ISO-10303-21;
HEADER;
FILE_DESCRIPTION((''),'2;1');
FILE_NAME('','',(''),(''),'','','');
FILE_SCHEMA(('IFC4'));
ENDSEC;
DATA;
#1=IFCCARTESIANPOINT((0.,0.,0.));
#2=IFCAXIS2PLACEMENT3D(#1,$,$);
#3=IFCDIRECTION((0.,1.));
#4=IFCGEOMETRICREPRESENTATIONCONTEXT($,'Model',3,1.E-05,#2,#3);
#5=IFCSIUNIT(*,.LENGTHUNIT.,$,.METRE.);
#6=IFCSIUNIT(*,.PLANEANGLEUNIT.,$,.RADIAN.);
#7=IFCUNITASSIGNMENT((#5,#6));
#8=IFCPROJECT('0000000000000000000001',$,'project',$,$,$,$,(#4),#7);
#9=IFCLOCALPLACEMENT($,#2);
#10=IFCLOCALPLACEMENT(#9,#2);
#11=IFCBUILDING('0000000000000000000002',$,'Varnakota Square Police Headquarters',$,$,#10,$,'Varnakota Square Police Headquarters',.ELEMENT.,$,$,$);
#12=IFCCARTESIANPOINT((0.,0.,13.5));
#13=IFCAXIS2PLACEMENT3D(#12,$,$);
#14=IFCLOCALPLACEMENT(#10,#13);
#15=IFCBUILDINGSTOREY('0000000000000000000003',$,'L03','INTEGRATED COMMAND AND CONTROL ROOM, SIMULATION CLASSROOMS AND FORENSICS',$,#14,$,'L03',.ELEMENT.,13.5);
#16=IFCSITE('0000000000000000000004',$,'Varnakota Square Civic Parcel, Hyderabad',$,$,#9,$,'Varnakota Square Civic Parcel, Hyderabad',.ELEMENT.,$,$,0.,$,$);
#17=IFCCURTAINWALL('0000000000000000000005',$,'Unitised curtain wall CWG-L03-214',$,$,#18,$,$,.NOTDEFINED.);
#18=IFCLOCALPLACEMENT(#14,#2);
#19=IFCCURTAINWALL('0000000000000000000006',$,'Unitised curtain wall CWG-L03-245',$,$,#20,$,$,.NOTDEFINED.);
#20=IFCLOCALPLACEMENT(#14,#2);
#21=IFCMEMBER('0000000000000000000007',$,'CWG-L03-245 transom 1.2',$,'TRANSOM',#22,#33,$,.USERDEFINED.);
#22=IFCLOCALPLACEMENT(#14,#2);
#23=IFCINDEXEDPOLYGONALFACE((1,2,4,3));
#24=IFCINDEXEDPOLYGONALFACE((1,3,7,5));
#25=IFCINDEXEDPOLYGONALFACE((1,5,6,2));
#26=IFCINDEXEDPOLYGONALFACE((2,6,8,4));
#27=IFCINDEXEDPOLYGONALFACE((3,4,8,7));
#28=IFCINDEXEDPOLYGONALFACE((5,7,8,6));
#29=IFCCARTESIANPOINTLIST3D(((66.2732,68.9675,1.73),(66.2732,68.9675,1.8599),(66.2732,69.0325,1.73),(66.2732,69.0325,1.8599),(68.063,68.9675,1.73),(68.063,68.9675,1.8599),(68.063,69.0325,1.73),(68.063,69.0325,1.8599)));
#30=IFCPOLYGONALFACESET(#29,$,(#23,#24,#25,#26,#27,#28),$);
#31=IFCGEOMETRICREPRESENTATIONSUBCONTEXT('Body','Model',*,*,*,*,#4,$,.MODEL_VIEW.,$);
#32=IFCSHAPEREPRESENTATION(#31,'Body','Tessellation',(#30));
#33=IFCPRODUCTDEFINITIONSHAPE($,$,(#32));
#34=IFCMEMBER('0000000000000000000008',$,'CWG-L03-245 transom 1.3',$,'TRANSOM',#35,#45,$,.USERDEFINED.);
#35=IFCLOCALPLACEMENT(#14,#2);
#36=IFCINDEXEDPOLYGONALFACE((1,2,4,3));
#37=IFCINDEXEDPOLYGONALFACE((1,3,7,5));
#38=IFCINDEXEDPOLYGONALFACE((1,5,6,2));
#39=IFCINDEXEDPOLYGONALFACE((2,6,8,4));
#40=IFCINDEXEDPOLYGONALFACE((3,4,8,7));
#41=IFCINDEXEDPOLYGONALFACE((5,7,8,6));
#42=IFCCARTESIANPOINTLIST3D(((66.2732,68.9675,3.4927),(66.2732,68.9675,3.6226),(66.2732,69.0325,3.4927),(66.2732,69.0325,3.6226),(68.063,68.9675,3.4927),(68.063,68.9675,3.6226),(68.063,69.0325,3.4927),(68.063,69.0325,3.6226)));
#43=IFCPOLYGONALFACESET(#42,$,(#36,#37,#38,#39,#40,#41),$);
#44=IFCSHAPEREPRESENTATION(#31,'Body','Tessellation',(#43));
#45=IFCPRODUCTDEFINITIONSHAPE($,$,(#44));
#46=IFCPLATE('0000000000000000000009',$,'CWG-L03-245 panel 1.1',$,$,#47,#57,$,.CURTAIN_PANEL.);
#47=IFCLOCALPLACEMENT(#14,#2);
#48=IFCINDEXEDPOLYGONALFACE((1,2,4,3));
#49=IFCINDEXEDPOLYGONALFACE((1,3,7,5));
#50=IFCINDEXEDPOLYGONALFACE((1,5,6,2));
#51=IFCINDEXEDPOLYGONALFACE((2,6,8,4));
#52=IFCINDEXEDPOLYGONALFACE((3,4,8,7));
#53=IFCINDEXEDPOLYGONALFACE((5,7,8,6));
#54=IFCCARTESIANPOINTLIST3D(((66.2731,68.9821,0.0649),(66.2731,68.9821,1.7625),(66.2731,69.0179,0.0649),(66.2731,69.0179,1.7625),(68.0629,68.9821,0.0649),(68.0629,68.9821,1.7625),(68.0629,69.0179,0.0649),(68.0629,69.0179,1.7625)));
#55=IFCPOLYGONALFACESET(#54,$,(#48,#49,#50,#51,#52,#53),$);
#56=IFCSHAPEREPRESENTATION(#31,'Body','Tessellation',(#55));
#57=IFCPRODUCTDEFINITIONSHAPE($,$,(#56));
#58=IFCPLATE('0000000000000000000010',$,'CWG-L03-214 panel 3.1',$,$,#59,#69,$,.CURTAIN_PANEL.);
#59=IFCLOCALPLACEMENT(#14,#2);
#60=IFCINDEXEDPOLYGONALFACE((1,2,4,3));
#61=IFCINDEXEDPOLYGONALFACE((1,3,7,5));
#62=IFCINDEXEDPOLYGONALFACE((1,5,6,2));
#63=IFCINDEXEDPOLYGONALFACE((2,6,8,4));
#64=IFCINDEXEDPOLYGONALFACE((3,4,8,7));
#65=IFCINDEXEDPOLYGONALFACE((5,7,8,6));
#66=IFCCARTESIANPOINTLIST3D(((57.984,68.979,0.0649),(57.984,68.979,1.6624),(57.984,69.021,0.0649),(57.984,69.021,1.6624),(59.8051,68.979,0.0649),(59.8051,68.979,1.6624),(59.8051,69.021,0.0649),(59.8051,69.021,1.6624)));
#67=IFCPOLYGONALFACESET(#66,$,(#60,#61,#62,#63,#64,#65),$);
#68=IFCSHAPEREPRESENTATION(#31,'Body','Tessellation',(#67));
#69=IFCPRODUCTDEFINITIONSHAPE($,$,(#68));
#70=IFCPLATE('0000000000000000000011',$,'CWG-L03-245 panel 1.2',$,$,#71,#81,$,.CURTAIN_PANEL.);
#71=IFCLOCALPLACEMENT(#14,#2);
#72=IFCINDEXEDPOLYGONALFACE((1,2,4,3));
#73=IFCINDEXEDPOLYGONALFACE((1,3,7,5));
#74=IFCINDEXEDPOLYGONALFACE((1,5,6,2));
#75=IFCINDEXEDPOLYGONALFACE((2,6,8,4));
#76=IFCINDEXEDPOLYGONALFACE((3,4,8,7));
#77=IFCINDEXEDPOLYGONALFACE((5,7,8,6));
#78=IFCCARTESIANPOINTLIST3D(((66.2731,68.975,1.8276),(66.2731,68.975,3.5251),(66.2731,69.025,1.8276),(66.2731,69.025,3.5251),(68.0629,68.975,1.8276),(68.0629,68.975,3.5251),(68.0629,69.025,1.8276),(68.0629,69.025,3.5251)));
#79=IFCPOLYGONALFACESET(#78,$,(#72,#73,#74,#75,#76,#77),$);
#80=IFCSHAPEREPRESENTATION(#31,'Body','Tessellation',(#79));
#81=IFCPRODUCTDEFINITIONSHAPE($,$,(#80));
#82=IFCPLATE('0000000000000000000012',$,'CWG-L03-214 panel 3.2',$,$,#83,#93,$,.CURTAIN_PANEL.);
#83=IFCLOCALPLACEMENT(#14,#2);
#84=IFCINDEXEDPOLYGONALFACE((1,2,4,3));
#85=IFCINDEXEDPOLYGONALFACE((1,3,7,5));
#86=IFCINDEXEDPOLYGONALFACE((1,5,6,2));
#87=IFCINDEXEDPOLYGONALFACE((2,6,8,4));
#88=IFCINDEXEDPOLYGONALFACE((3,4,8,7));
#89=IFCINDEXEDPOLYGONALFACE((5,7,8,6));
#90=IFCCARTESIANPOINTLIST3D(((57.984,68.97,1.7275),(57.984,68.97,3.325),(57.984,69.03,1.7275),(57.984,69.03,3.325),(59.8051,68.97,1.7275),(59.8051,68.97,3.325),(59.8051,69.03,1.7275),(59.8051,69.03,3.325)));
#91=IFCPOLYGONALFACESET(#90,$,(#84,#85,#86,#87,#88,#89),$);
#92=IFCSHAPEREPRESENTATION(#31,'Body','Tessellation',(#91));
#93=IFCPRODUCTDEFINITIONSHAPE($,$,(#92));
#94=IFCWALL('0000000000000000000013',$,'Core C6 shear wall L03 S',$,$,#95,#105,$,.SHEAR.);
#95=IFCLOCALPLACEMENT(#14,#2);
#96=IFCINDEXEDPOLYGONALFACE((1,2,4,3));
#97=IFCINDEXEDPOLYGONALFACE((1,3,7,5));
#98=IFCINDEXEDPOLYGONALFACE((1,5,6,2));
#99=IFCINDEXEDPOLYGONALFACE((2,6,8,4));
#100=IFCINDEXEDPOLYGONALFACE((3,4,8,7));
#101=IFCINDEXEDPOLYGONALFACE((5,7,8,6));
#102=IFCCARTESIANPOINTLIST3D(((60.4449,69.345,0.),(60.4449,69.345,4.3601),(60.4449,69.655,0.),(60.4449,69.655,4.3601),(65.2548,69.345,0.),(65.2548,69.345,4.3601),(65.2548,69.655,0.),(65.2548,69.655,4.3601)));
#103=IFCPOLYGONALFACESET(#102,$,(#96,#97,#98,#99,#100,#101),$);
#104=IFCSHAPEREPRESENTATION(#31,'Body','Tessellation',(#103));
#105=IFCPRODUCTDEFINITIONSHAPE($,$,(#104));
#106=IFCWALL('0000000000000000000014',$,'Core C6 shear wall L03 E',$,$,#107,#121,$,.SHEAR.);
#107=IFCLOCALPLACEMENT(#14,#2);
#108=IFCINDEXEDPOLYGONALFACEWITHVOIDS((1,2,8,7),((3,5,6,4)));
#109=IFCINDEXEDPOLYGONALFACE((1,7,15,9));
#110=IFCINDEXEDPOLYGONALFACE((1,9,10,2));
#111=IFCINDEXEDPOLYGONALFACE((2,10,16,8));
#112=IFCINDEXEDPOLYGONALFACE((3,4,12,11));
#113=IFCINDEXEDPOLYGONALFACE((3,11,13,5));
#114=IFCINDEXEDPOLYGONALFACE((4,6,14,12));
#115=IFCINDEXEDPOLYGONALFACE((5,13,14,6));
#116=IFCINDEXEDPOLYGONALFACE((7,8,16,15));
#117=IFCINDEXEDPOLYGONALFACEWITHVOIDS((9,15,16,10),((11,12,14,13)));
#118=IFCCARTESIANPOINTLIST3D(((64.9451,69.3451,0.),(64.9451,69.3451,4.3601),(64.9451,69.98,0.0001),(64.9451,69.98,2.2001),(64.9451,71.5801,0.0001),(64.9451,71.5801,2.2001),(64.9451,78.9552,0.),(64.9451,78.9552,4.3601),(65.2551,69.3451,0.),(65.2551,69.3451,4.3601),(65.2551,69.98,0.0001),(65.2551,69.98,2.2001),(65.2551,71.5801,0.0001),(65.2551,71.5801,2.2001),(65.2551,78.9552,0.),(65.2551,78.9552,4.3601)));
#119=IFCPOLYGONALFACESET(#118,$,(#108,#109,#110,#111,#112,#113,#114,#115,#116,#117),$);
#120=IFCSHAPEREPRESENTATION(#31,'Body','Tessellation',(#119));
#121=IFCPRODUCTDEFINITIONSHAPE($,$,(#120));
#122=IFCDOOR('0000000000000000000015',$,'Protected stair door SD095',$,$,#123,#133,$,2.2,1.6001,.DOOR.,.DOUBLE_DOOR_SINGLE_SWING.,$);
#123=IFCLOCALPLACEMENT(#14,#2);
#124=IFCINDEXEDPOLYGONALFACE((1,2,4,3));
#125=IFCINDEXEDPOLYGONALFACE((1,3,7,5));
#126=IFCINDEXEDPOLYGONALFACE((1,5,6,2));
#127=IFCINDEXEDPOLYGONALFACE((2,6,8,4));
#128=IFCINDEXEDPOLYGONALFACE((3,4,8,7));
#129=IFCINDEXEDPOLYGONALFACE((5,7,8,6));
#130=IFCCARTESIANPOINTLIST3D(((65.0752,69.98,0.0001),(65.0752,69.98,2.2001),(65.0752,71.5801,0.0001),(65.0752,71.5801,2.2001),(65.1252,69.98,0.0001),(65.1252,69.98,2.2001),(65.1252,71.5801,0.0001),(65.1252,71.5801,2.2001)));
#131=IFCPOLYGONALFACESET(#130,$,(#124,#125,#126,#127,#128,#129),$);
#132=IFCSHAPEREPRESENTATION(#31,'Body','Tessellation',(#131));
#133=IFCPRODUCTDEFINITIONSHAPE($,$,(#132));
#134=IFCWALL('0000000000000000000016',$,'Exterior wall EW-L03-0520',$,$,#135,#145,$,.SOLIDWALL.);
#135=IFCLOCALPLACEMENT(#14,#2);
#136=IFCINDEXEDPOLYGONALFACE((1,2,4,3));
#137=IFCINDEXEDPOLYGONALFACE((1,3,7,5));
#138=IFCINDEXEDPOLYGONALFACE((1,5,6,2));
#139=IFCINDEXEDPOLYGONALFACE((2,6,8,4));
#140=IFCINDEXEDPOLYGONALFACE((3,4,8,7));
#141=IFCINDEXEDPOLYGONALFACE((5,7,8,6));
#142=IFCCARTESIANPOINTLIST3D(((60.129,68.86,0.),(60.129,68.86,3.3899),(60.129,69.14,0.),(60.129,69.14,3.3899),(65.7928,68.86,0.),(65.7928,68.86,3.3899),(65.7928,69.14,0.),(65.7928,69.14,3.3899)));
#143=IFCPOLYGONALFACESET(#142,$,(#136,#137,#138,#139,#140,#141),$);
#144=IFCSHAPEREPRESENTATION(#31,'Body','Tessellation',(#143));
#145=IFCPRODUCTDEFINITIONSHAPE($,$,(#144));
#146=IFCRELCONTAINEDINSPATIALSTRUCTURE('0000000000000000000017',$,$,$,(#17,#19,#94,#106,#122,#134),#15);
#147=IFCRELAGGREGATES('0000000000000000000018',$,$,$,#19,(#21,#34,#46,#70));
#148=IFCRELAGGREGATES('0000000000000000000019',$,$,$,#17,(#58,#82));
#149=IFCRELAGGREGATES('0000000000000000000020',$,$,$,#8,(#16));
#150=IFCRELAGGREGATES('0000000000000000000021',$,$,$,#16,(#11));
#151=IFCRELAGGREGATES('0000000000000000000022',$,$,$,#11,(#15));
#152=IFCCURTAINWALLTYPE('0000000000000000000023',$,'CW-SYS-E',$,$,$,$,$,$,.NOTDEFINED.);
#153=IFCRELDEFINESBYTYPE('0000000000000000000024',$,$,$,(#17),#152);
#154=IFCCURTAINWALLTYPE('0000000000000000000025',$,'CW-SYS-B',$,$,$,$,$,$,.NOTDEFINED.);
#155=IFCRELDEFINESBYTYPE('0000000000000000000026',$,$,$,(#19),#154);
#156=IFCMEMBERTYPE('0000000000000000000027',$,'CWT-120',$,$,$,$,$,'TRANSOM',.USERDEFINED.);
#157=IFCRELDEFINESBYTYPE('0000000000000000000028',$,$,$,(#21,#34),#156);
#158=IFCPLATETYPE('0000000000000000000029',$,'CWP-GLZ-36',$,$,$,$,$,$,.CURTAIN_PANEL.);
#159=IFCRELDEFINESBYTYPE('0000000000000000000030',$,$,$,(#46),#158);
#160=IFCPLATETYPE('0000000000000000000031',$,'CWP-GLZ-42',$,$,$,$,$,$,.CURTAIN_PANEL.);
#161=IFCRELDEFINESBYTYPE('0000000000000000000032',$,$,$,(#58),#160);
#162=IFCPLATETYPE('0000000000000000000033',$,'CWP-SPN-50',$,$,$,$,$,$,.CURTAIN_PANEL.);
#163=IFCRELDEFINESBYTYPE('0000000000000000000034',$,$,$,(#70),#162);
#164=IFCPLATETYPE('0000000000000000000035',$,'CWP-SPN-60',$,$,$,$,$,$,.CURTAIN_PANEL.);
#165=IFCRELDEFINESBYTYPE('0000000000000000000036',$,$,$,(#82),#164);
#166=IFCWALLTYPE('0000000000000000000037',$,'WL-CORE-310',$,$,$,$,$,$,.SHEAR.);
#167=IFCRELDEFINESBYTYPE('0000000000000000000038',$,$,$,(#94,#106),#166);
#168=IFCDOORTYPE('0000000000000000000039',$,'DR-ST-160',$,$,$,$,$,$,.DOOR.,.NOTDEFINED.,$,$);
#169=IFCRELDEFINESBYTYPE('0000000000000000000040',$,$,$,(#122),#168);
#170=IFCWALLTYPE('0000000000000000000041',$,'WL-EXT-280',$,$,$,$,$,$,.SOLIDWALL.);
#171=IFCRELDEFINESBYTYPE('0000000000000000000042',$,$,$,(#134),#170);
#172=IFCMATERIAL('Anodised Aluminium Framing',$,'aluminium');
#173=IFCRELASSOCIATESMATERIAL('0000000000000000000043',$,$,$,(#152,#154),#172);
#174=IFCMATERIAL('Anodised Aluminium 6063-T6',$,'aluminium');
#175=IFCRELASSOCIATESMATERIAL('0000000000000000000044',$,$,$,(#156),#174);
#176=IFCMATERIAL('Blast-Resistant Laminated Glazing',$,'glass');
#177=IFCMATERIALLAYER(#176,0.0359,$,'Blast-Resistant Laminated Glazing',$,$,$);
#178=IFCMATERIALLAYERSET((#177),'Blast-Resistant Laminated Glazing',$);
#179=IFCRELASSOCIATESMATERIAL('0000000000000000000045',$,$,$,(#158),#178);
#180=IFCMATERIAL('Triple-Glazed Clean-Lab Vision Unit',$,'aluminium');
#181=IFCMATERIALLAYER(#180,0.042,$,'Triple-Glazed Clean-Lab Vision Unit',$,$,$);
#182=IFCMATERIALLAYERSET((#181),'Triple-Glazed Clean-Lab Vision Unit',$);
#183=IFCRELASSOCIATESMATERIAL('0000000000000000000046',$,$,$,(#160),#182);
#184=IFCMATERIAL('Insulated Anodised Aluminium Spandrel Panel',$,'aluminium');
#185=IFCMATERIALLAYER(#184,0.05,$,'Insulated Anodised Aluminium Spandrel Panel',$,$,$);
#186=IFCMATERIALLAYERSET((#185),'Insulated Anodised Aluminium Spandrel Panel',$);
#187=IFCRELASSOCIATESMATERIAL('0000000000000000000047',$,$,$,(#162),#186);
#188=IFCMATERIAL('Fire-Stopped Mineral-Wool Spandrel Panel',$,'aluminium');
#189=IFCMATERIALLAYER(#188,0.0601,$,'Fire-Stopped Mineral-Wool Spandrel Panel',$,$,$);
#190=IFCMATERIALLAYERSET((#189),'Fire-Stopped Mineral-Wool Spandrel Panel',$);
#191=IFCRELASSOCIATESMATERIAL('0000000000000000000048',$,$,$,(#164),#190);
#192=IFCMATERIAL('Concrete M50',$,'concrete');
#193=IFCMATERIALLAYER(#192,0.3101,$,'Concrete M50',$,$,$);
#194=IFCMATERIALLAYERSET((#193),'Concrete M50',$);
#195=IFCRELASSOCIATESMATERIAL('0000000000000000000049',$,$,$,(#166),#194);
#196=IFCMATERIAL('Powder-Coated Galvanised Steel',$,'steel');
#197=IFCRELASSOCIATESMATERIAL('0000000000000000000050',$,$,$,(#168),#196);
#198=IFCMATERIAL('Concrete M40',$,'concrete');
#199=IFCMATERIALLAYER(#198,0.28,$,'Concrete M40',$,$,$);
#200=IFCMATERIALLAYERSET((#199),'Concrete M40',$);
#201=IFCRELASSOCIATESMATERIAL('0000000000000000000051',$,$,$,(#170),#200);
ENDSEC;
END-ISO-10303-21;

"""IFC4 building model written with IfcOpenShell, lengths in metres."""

from ifc_helpers import new_model, si_unit, direction, frame, frame_2d, origin, origin_2d, place, context, subcontext, project, spatial, rectangle, extrude, material, layer, layer_set, material_profile, profile_set, type_object, element, fill, aggregate, save


model = new_model("IFC4")

# Units and contexts
model_context = context("Model", 3, precision=1e-05, world=origin(), true_north=direction((0.0, 1.0)))
body_context = subcontext(model_context, "Body", "Model", "MODEL_VIEW")
ifc_project = project(units=[si_unit("LENGTHUNIT", "METRE"), si_unit("PLANEANGLEUNIT", "RADIAN")], contexts=[model_context])

# Site, building, storey
site_placement = place(None, origin())
site = spatial("IfcSite", under=ifc_project, at=site_placement, Name="Varnakota Square Civic Parcel, Hyderabad", LongName="Varnakota Square Civic Parcel, Hyderabad", CompositionType="ELEMENT", RefElevation=0.0)
building_placement = place(site_placement, origin())
building = spatial("IfcBuilding", under=site, at=building_placement, Name="Varnakota Square Police Headquarters", LongName="Varnakota Square Police Headquarters", CompositionType="ELEMENT")
storey_placement = place(building_placement, frame((0.0, 0.0, 13.5)))
storey = spatial("IfcBuildingStorey", under=building, at=storey_placement, Name="L03", Description="INTEGRATED COMMAND AND CONTROL ROOM, SIMULATION CLASSROOMS AND FORENSICS", LongName="L03", CompositionType="ELEMENT", Elevation=13.5)

# Curtain wall
ifc_material_1 = material(Name="Anodised Aluminium Framing", Category="aluminium")
curtain_wall_type_1 = type_object("IfcCurtainWallType", Name="CW-SYS-E", PredefinedType="NOTDEFINED", material=ifc_material_1)
curtain_wall_1_placement = place(storey_placement, origin())
curtain_wall_1 = element("IfcCurtainWall", 1, at=curtain_wall_1_placement, inside=storey, type_object=curtain_wall_type_1, Name="Unitised curtain wall CWG-L03-214", PredefinedType="NOTDEFINED")
ifc_material_2 = material(Name="Anodised Aluminium 6063-T6", Category="aluminium")

# Curtain wall
curtain_wall_type_2 = type_object("IfcCurtainWallType", Name="CW-SYS-B", PredefinedType="NOTDEFINED", material=ifc_material_1)
curtain_wall_2_placement = place(storey_placement, origin())
curtain_wall_2 = element("IfcCurtainWall", 2, at=curtain_wall_2_placement, inside=storey, type_object=curtain_wall_type_2, Name="Unitised curtain wall CWG-L03-245", PredefinedType="NOTDEFINED")

# Members
ifc_material_profile_1 = material_profile(ifc_material_2, rectangle(XDim=0.0649, YDim=0.1299, at=origin_2d()), Name="ALU TRANSOM 65x130")
ifc_profile_set_1 = profile_set([ifc_material_profile_1], Name="Anodised Aluminium 6063-T6")
member_type_1 = type_object("IfcMemberType", Name="CWT-120", ElementType="TRANSOM", PredefinedType="USERDEFINED", material=ifc_profile_set_1)
member_1_placement = place(storey_placement, frame((66.2732, 69.0, 1.7949), z_axis=(1.0, 0.0, 0.0), x_axis=(0.0, 1.0, 0.0)))
member_1 = element("IfcMember", 3, at=member_1_placement, type_object=member_type_1, Name="CWG-L03-245 transom 1.2", ObjectType="TRANSOM", PredefinedType="USERDEFINED", context=body_context, shape_type="SweptSolid", body=[
    extrude(rectangle(XDim=0.0649, YDim=0.1299, at=origin_2d()), origin(), (0.0, 0.0, 1.0), 1.7898),
])
member_2_placement = place(storey_placement, frame((66.2732, 69.0, 3.5576), z_axis=(1.0, 0.0, 0.0), x_axis=(0.0, 1.0, 0.0)))
member_2 = element("IfcMember", 4, at=member_2_placement, type_object=member_type_1, Name="CWG-L03-245 transom 1.3", ObjectType="TRANSOM", PredefinedType="USERDEFINED", context=body_context, shape_type="SweptSolid", body=[
    extrude(rectangle(XDim=0.0649, YDim=0.1299, at=origin_2d()), origin(), (0.0, 0.0, 1.0), 1.7898),
])

# Plates
ifc_material_3 = material(Name="Blast-Resistant Laminated Glazing", Category="glass")
ifc_layer_1 = layer(ifc_material_3, 0.0359, Name="Blast-Resistant Laminated Glazing")
ifc_layer_set_1 = layer_set([ifc_layer_1], Name="Blast-Resistant Laminated Glazing")
plate_type_1 = type_object("IfcPlateType", Name="CWP-GLZ-36", PredefinedType="CURTAIN_PANEL", material=ifc_layer_set_1)
plate_1_placement = place(storey_placement, frame((67.168, 69.0, 0.0649), z_axis=(0.0, 0.0, 1.0), x_axis=(1.0, 0.0, 0.0)))
plate_1 = element("IfcPlate", 5, at=plate_1_placement, type_object=plate_type_1, Name="CWG-L03-245 panel 1.1", PredefinedType="CURTAIN_PANEL", context=body_context, shape_type="SweptSolid", body=[
    extrude(rectangle(XDim=1.7898, YDim=0.0359, at=origin_2d()), origin(), (0.0, 0.0, 1.0), 1.6975),
])
ifc_material_4 = material(Name="Triple-Glazed Clean-Lab Vision Unit", Category="aluminium")
ifc_layer_2 = layer(ifc_material_4, 0.042, Name="Triple-Glazed Clean-Lab Vision Unit")
ifc_layer_set_2 = layer_set([ifc_layer_2], Name="Triple-Glazed Clean-Lab Vision Unit")
plate_type_2 = type_object("IfcPlateType", Name="CWP-GLZ-42", PredefinedType="CURTAIN_PANEL", material=ifc_layer_set_2)
plate_2_placement = place(storey_placement, frame((58.8945, 69.0, 0.0649), z_axis=(0.0, 0.0, 1.0), x_axis=(1.0, 0.0, 0.0)))
plate_2 = element("IfcPlate", 6, at=plate_2_placement, type_object=plate_type_2, Name="CWG-L03-214 panel 3.1", PredefinedType="CURTAIN_PANEL", context=body_context, shape_type="SweptSolid", body=[
    extrude(rectangle(XDim=1.821, YDim=0.042, at=origin_2d()), origin(), (0.0, 0.0, 1.0), 1.5974),
])
ifc_material_5 = material(Name="Insulated Anodised Aluminium Spandrel Panel", Category="aluminium")
ifc_layer_3 = layer(ifc_material_5, 0.05, Name="Insulated Anodised Aluminium Spandrel Panel")
ifc_layer_set_3 = layer_set([ifc_layer_3], Name="Insulated Anodised Aluminium Spandrel Panel")
plate_type_3 = type_object("IfcPlateType", Name="CWP-SPN-50", PredefinedType="CURTAIN_PANEL", material=ifc_layer_set_3)
plate_3_placement = place(storey_placement, frame((67.168, 69.0, 1.8276), z_axis=(0.0, 0.0, 1.0), x_axis=(1.0, 0.0, 0.0)))
plate_3 = element("IfcPlate", 7, at=plate_3_placement, type_object=plate_type_3, Name="CWG-L03-245 panel 1.2", PredefinedType="CURTAIN_PANEL", context=body_context, shape_type="SweptSolid", body=[
    extrude(rectangle(XDim=1.7898, YDim=0.05, at=origin_2d()), origin(), (0.0, 0.0, 1.0), 1.6975),
])
aggregate(curtain_wall_2, [member_1, member_2, plate_1, plate_3])
ifc_material_6 = material(Name="Fire-Stopped Mineral-Wool Spandrel Panel", Category="aluminium")
ifc_layer_4 = layer(ifc_material_6, 0.0601, Name="Fire-Stopped Mineral-Wool Spandrel Panel")
ifc_layer_set_4 = layer_set([ifc_layer_4], Name="Fire-Stopped Mineral-Wool Spandrel Panel")
plate_type_4 = type_object("IfcPlateType", Name="CWP-SPN-60", PredefinedType="CURTAIN_PANEL", material=ifc_layer_set_4)
plate_4_placement = place(storey_placement, frame((58.8945, 69.0, 1.7275), z_axis=(0.0, 0.0, 1.0), x_axis=(1.0, 0.0, 0.0)))
plate_4 = element("IfcPlate", 8, at=plate_4_placement, type_object=plate_type_4, Name="CWG-L03-214 panel 3.2", PredefinedType="CURTAIN_PANEL", context=body_context, shape_type="SweptSolid", body=[
    extrude(rectangle(XDim=1.821, YDim=0.0601, at=origin_2d()), origin(), (0.0, 0.0, 1.0), 1.5974),
])
aggregate(curtain_wall_1, [plate_2, plate_4])

# Wall
ifc_material_7 = material(Name="Concrete M50", Category="concrete")
ifc_layer_5 = layer(ifc_material_7, 0.3101, Name="Concrete M50")
ifc_layer_set_5 = layer_set([ifc_layer_5], Name="Concrete M50")
wall_type_1 = type_object("IfcWallType", Name="WL-CORE-310", PredefinedType="SHEAR", material=ifc_layer_set_5)
wall_1_placement = place(storey_placement, frame((60.4451, 69.5, 0.0), z_axis=(0.0, 0.0, 1.0), x_axis=(1.0, 0.0, 0.0)))
element("IfcWall", 9, at=wall_1_placement, inside=storey, type_object=wall_type_1, Name="Core C6 shear wall L03 S", PredefinedType="SHEAR", context=body_context, shape_type="SweptSolid", body=[
    extrude(rectangle(XDim=4.8098, YDim=0.3101, at=frame_2d((2.4048, 0.0))), origin(), (0.0, 0.0, 1.0), 4.3601),
])

# Wall, opening, door
wall_2_placement = place(storey_placement, frame((65.1001, 69.345, 0.0), z_axis=(0.0, 0.0, 1.0), x_axis=(0.0, 1.0, 0.0)))
wall_2 = element("IfcWall", 10, at=wall_2_placement, inside=storey, type_object=wall_type_1, Name="Core C6 shear wall L03 E", PredefinedType="SHEAR", context=body_context, shape_type="SweptSolid", body=[
    extrude(rectangle(XDim=9.6101, YDim=0.3101, at=frame_2d((4.8052, 0.0))), origin(), (0.0, 0.0, 1.0), 4.3601),
])
opening_placement = place(wall_2_placement, frame((0.635, 0.0, 0.0)))
opening = element("IfcOpeningElement", 11, at=opening_placement, cuts=wall_2, PredefinedType="OPENING", context=body_context, shape_type="SweptSolid", body=[
    extrude(rectangle(XDim=1.6001, YDim=2.2, at=frame_2d((0.8, 1.1001))), frame((0.0, 0.165, 0.0), z_axis=(0.0, -1.0, 0.0), x_axis=(1.0, 0.0, 0.0)), (0.0, 0.0, 1.0), 0.3301),
])
ifc_material_8 = material(Name="Powder-Coated Galvanised Steel", Category="steel")
door_type = type_object("IfcDoorType", Name="DR-ST-160", OperationType="NOTDEFINED", PredefinedType="DOOR", material=ifc_material_8)
door_placement = place(opening_placement, origin())
door = element("IfcDoor", 12, at=door_placement, inside=storey, type_object=door_type, Name="Protected stair door SD095", OperationType="DOUBLE_DOOR_SINGLE_SWING", OverallHeight=2.2, OverallWidth=1.6001, PredefinedType="DOOR", context=body_context, shape_type="SweptSolid", body=[
    extrude(rectangle(XDim=1.6001, YDim=2.2, at=frame_2d((0.8, 1.1001))), frame((0.0, 0.0249, 0.0), z_axis=(0.0, -1.0, 0.0), x_axis=(1.0, 0.0, 0.0)), (0.0, 0.0, 1.0), 0.05),
])
fill(opening, door)

# Wall
ifc_material_9 = material(Name="Concrete M40", Category="concrete")
ifc_layer_6 = layer(ifc_material_9, 0.28, Name="Concrete M40")
ifc_layer_set_6 = layer_set([ifc_layer_6], Name="Concrete M40")
wall_type_2 = type_object("IfcWallType", Name="WL-EXT-280", PredefinedType="SOLIDWALL", material=ifc_layer_set_6)
wall_3_placement = place(storey_placement, frame((60.1289, 69.0, 0.0), z_axis=(0.0, 0.0, 1.0), x_axis=(1.0, 0.0, 0.0)))
element("IfcWall", 13, at=wall_3_placement, inside=storey, type_object=wall_type_2, Name="Exterior wall EW-L03-0520", PredefinedType="SOLIDWALL", context=body_context, shape_type="SweptSolid", body=[
    extrude(rectangle(XDim=5.6638, YDim=0.28, at=frame_2d((2.832, 0.0))), origin(), (0.0, 0.0, 1.0), 3.3899),
])

save(model, "model.ifc")
